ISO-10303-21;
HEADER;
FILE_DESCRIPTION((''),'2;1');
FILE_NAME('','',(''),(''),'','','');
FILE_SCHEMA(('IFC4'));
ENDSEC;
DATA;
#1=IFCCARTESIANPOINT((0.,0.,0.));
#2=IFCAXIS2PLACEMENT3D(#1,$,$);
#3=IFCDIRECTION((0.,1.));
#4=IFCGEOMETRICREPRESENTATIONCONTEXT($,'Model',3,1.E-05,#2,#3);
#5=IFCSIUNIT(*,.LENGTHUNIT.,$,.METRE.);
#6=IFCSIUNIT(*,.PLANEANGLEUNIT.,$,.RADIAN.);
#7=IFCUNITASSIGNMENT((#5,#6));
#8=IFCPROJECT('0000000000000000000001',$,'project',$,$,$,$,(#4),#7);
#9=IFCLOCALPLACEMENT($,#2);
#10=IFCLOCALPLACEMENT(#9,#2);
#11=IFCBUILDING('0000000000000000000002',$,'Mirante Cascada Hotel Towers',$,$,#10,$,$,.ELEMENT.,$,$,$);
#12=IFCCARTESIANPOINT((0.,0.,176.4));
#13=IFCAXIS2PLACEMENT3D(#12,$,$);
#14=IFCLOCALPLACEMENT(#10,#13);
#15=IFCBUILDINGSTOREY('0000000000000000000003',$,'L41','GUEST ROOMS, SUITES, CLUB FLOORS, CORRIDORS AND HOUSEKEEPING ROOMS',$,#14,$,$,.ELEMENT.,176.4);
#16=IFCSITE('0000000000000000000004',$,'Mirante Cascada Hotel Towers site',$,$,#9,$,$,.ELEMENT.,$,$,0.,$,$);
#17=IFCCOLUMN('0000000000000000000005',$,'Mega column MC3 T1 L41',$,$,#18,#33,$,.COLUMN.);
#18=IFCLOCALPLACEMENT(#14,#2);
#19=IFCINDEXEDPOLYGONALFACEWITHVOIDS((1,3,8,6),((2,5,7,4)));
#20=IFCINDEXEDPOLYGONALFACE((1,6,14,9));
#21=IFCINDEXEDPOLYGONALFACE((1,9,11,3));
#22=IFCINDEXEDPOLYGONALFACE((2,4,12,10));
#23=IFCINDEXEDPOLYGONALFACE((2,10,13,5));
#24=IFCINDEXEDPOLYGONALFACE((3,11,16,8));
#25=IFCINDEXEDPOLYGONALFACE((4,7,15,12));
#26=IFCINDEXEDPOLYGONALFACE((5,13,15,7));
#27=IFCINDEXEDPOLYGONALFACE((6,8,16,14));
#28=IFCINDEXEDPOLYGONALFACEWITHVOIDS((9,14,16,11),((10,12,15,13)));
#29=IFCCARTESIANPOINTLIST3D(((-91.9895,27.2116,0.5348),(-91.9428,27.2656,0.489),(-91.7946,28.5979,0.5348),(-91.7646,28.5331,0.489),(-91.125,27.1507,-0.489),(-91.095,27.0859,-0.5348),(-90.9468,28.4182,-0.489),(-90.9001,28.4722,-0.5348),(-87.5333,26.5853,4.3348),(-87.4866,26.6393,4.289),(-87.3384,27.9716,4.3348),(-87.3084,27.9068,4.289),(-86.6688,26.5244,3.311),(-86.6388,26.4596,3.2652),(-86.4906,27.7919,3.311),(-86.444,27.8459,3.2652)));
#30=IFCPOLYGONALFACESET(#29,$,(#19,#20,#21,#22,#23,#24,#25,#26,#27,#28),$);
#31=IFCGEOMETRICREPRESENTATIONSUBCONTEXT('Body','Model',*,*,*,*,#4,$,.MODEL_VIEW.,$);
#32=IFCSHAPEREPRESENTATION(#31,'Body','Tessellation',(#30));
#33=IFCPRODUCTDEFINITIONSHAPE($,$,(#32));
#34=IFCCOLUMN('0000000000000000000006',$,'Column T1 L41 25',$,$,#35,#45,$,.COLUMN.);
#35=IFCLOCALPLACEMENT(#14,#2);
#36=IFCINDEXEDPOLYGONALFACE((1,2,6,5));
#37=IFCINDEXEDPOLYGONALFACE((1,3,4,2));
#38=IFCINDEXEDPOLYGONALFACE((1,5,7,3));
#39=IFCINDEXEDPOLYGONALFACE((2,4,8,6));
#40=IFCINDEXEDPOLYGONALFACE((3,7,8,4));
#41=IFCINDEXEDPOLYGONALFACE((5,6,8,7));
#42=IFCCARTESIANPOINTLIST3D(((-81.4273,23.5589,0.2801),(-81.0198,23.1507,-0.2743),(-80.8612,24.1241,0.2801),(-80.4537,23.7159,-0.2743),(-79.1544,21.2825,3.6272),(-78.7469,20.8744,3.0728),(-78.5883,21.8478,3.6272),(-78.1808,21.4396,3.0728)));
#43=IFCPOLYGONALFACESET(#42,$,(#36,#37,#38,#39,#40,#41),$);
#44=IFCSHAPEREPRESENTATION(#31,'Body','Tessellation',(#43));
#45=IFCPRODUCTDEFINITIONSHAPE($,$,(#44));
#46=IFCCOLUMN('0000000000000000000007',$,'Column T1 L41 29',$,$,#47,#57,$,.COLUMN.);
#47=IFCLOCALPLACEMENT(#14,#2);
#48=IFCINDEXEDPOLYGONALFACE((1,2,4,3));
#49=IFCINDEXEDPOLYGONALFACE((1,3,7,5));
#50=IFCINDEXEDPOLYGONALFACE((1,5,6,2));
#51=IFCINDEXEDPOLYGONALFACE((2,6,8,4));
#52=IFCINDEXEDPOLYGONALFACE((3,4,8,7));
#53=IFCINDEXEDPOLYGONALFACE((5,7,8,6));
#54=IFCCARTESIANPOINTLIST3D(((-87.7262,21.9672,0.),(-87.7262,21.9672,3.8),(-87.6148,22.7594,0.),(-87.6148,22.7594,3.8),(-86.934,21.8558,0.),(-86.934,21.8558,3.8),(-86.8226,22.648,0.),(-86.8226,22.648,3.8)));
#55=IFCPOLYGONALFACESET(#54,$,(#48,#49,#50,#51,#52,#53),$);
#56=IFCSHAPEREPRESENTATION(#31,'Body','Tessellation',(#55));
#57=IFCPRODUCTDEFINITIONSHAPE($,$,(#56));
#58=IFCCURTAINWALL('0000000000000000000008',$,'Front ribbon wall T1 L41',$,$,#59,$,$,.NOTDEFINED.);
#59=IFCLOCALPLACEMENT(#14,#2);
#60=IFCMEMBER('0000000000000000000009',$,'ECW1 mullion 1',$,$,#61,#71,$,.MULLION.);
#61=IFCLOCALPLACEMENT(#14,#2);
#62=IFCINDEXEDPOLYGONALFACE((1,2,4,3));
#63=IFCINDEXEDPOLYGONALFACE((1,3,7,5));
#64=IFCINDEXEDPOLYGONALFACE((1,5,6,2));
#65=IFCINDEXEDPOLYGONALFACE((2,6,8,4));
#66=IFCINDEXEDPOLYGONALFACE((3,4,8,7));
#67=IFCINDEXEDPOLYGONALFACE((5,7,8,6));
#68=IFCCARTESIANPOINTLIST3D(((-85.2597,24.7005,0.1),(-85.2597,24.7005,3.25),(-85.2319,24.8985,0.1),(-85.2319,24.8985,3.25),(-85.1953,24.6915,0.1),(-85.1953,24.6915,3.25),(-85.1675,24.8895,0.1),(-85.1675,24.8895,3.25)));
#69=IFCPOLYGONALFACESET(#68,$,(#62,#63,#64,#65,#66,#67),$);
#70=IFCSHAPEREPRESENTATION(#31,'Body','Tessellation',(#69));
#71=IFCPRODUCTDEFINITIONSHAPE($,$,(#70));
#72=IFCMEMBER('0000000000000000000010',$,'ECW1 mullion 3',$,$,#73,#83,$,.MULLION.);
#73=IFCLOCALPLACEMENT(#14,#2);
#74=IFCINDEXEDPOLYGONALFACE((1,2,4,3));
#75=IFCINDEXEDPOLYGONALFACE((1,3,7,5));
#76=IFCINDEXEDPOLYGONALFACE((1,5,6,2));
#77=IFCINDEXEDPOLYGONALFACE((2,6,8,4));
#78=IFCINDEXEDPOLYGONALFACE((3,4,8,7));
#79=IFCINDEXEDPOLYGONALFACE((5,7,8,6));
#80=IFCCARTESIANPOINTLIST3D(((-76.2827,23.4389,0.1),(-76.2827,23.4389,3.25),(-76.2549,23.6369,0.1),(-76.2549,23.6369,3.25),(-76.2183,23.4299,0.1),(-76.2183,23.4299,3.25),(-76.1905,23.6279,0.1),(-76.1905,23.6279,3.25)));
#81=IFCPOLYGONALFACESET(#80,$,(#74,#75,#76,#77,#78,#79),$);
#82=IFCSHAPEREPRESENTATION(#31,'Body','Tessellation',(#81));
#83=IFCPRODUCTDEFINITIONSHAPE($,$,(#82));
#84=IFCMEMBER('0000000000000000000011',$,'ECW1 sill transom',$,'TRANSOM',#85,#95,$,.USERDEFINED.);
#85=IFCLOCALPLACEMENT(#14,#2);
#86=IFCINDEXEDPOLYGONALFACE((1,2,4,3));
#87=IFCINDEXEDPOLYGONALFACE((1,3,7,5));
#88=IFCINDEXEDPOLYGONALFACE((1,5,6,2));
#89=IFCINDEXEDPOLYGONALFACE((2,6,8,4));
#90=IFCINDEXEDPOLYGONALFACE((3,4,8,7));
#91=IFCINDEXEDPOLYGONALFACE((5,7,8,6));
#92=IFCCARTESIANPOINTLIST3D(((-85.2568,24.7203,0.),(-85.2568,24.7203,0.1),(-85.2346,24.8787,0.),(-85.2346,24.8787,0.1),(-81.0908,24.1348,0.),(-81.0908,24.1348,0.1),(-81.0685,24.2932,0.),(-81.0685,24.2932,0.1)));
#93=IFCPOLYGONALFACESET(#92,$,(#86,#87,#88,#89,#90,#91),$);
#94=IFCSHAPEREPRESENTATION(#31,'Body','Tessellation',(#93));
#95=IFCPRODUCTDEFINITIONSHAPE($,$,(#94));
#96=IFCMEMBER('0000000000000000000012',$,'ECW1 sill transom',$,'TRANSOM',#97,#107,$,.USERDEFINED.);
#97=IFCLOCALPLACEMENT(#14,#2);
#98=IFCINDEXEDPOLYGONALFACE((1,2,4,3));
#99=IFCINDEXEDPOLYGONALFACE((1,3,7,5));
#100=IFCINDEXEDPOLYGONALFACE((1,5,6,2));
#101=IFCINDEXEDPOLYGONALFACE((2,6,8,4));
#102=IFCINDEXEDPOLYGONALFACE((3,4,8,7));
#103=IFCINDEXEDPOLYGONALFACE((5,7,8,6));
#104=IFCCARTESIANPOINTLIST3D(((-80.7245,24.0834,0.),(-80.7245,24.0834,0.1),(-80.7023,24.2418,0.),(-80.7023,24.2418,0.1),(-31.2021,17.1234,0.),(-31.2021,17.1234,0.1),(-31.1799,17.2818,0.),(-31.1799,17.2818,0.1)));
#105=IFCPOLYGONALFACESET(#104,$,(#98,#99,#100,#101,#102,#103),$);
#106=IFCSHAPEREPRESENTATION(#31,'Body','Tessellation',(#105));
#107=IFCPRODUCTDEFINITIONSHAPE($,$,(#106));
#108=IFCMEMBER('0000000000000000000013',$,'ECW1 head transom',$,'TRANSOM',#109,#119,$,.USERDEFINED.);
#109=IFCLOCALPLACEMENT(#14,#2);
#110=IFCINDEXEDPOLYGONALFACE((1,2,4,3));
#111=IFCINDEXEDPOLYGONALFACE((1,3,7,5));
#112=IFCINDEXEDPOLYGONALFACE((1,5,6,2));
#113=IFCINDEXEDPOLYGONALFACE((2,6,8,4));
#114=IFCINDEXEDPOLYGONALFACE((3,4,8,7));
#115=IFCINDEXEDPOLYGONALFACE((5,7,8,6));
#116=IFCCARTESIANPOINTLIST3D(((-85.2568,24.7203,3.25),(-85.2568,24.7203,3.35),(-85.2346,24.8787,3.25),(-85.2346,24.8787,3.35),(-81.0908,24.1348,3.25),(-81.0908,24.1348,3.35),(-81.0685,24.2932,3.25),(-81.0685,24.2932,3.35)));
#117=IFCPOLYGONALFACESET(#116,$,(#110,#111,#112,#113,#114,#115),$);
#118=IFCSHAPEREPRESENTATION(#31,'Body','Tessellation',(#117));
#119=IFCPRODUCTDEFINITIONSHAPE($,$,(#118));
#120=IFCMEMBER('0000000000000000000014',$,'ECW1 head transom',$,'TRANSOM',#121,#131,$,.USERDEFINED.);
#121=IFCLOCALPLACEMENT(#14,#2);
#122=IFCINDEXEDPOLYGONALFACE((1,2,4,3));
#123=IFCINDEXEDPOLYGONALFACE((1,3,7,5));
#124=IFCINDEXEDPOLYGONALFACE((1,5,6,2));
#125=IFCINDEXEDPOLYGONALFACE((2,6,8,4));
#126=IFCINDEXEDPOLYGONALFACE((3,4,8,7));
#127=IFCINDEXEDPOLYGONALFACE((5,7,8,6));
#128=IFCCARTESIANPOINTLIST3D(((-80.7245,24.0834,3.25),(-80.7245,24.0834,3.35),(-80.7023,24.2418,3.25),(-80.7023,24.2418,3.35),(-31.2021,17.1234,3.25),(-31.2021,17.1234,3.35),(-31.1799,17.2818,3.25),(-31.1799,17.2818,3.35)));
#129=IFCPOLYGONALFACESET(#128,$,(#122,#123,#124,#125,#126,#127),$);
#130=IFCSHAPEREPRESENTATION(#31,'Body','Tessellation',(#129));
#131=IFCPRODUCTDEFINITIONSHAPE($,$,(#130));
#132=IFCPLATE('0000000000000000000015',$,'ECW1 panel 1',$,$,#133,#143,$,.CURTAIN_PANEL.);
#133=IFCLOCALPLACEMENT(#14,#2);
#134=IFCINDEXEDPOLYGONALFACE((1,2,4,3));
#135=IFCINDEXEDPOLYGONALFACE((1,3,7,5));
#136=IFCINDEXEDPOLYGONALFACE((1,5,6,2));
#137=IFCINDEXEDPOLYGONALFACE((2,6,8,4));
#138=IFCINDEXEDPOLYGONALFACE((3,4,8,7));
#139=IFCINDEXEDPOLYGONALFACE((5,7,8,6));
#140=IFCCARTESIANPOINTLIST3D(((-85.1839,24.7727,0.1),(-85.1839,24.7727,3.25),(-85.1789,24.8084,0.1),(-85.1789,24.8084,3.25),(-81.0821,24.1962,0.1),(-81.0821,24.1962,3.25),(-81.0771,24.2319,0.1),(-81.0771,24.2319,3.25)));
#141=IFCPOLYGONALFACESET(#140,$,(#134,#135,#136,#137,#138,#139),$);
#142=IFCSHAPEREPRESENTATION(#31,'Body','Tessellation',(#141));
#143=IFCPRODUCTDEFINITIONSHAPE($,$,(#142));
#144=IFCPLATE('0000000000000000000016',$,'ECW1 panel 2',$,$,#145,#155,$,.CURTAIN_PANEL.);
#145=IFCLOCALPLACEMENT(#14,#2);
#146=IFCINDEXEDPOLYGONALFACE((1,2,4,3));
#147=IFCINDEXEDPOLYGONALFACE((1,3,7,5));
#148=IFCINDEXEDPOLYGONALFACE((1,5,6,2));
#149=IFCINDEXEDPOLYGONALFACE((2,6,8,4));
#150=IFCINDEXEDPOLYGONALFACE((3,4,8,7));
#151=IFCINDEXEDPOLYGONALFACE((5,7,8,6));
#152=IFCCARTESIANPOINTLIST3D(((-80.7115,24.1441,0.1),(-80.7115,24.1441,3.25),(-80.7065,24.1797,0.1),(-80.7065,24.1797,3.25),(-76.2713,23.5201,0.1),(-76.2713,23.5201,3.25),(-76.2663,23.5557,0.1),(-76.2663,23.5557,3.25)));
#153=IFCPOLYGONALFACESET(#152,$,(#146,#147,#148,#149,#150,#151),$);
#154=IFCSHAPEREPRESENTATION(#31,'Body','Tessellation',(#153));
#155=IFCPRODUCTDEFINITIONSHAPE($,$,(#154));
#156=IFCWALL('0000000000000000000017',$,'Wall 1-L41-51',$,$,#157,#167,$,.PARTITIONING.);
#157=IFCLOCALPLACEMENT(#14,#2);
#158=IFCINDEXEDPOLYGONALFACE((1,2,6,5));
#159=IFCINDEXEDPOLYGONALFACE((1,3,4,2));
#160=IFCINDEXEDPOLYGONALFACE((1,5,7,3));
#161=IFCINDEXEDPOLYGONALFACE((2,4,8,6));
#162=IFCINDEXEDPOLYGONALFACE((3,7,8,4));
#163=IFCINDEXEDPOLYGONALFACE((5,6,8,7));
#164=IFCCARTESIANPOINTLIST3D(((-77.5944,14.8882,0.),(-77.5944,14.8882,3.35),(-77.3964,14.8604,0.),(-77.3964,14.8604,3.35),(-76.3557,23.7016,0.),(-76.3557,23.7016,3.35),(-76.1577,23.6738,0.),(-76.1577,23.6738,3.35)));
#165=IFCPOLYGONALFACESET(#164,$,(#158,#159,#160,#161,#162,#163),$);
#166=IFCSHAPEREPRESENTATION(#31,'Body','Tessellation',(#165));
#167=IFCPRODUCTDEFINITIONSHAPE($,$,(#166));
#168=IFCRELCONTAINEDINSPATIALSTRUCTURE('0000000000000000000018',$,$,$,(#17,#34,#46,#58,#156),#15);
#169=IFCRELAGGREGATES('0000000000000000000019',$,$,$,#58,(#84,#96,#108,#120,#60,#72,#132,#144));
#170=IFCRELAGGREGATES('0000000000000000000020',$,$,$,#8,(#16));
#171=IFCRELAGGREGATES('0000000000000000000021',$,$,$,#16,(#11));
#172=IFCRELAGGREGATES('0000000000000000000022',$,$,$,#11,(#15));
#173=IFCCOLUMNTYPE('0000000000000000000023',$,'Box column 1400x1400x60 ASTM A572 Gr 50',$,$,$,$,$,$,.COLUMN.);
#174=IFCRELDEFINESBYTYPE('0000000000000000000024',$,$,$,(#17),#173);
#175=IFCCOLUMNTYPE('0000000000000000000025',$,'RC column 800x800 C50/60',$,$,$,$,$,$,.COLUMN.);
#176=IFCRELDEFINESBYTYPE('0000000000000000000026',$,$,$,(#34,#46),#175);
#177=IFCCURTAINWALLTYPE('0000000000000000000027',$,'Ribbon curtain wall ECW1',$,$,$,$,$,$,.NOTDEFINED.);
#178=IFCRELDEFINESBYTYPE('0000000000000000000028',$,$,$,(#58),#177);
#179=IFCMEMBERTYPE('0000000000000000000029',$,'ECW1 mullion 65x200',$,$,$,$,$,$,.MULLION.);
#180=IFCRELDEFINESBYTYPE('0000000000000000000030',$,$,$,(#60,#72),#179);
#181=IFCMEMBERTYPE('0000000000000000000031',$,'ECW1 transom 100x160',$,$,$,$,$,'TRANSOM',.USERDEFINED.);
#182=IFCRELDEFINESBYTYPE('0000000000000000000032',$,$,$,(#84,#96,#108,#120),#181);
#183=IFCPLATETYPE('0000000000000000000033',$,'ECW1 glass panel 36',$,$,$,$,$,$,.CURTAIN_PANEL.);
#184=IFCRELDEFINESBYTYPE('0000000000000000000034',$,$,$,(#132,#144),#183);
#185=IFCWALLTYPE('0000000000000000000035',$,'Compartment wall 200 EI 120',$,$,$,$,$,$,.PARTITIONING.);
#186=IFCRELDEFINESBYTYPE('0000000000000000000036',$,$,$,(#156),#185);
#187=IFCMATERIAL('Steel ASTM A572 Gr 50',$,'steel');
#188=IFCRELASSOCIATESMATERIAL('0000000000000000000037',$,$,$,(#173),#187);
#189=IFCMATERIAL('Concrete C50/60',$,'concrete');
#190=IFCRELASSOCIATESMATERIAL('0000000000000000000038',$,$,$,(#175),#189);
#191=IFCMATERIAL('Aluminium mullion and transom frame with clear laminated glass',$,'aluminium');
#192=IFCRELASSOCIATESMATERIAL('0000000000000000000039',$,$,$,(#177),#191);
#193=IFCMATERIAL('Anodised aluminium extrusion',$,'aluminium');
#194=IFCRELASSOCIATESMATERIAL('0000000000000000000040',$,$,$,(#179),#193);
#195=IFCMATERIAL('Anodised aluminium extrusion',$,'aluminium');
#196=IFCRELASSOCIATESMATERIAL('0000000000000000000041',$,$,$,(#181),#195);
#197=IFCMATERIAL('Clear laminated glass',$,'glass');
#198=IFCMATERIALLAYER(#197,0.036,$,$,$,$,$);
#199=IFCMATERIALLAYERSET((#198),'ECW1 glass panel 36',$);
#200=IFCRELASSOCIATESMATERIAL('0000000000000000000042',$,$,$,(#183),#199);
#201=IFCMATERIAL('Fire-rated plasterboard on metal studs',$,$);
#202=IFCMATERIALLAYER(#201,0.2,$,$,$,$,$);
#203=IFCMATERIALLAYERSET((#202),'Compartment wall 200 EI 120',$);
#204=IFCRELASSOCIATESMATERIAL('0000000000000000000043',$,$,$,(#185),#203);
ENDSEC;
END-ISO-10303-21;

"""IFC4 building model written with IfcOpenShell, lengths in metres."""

from ifc_helpers import new_model, si_unit, direction, frame, frame_2d, origin, origin_2d, place, context, subcontext, project, spatial, rectangle, hollow_rectangle, extrude, material, layer, layer_set, material_profile, profile_set, type_object, element, aggregate, save


model = new_model("IFC4")

# Units and contexts
model_context = context("Model", 3, precision=1e-05, world=origin(), true_north=direction((0.0, 1.0)))
body_context = subcontext(model_context, "Body", "Model", "MODEL_VIEW")
ifc_project = project(units=[si_unit("LENGTHUNIT", "METRE"), si_unit("PLANEANGLEUNIT", "RADIAN")], contexts=[model_context])

# Site, building, storey
site_placement = place(None, origin())
site = spatial("IfcSite", under=ifc_project, at=site_placement, Name="Mirante Cascada Hotel Towers site", CompositionType="ELEMENT", RefElevation=0.0)
building_placement = place(site_placement, origin())
building = spatial("IfcBuilding", under=site, at=building_placement, Name="Mirante Cascada Hotel Towers", CompositionType="ELEMENT")
storey_placement = place(building_placement, frame((0.0, 0.0, 176.4)))
storey = spatial("IfcBuildingStorey", under=building, at=storey_placement, Name="L41", Description="GUEST ROOMS, SUITES, CLUB FLOORS, CORRIDORS AND HOUSEKEEPING ROOMS", CompositionType="ELEMENT", Elevation=176.4)

# Columns
ifc_material_1 = material(Name="Steel ASTM A572 Gr 50", Category="steel")
ifc_material_profile_1 = material_profile(ifc_material_1, hollow_rectangle(XDim=1.4, YDim=1.4, WallThickness=0.06, at=origin_2d()), Name="Box column 1400x1400x60 ASTM A572 Gr 50")
ifc_profile_set_1 = profile_set([ifc_material_profile_1], Name="Steel ASTM A572 Gr 50")
column_type_1 = type_object("IfcColumnType", Name="Box column 1400x1400x60 ASTM A572 Gr 50", PredefinedType="COLUMN", material=ifc_profile_set_1)
column_1_placement = place(storey_placement, frame((-91.4448, 27.8419, 0.0), z_axis=(0.756594, -0.106336, 0.645181), x_axis=(0.139178, 0.990267, 0.0)))
element("IfcColumn", 1, at=column_1_placement, inside=storey, type_object=column_type_1, Name="Mega column MC3 T1 L41", PredefinedType="COLUMN", context=body_context, shape_type="SweptSolid", body=[
    extrude(hollow_rectangle(XDim=1.4, YDim=1.4, WallThickness=0.06, at=origin_2d()), origin(), (0.0, 0.0, 1.0), 5.8898),
])
ifc_material_2 = material(Name="Concrete C50/60", Category="concrete")
ifc_material_profile_2 = material_profile(ifc_material_2, rectangle(XDim=0.8, YDim=0.8, at=origin_2d()), Name="RC column 800x800 C50/60")
ifc_profile_set_2 = profile_set([ifc_material_profile_2], Name="Concrete C50/60")
column_type_2 = type_object("IfcColumnType", Name="RC column 800x800 C50/60", PredefinedType="COLUMN", material=ifc_profile_set_2)
column_2_placement = place(storey_placement, frame((-80.9405, 23.6374, 0.0029), z_axis=(0.489609, -0.490342, 0.721005), x_axis=(0.707635, 0.706578, 0.0)))
element("IfcColumn", 2, at=column_2_placement, inside=storey, type_object=column_type_2, Name="Column T1 L41 25", PredefinedType="COLUMN", context=body_context, shape_type="SweptSolid", body=[
    extrude(rectangle(XDim=0.8, YDim=0.8, at=origin_2d()), origin(), (0.0, 0.0, 1.0), 4.6423),
])
column_3_placement = place(storey_placement, frame((-87.2744, 22.3076, 0.0), z_axis=(0.0, 0.0, 1.0), x_axis=(-0.990268, 0.139173, 0.0)))
element("IfcColumn", 3, at=column_3_placement, inside=storey, type_object=column_type_2, Name="Column T1 L41 29", PredefinedType="COLUMN", context=body_context, shape_type="SweptSolid", body=[
    extrude(rectangle(XDim=0.8, YDim=0.8, at=origin_2d()), origin(), (0.0, 0.0, 1.0), 3.8),
])

# Curtain wall, members, plates
ifc_material_3 = material(Name="Aluminium mullion and transom frame with clear laminated glass", Category="aluminium")
curtain_wall_type = type_object("IfcCurtainWallType", Name="Ribbon curtain wall ECW1", PredefinedType="NOTDEFINED", material=ifc_material_3)
curtain_wall_placement = place(storey_placement, origin())
curtain_wall = element("IfcCurtainWall", 4, at=curtain_wall_placement, inside=storey, type_object=curtain_wall_type, Name="Front ribbon wall T1 L41", PredefinedType="NOTDEFINED")
ifc_material_4 = material(Name="Anodised aluminium extrusion", Category="aluminium")
ifc_material_profile_3 = material_profile(ifc_material_4, rectangle(XDim=0.2, YDim=0.065, at=origin_2d()), Name="ECW1 MULLION 65x200")
ifc_profile_set_3 = profile_set([ifc_material_profile_3], Name="Anodised aluminium extrusion")
member_type_1 = type_object("IfcMemberType", Name="ECW1 mullion 65x200", PredefinedType="MULLION", material=ifc_profile_set_3)
member_1_placement = place(storey_placement, frame((-85.2136, 24.795, 0.1), z_axis=(0.0, 0.0, 1.0), x_axis=(0.139173, 0.990268, 0.0)))
member_1 = element("IfcMember", 5, at=member_1_placement, type_object=member_type_1, Name="ECW1 mullion 1", PredefinedType="MULLION", context=body_context, shape_type="SweptSolid", body=[
    extrude(rectangle(XDim=0.2, YDim=0.065, at=origin_2d()), origin(), (0.0, 0.0, 1.0), 3.15),
])
member_2_placement = place(storey_placement, frame((-76.2366, 23.5334, 0.1), z_axis=(0.0, 0.0, 1.0), x_axis=(0.139173, 0.990268, 0.0)))
member_2 = element("IfcMember", 6, at=member_2_placement, type_object=member_type_1, Name="ECW1 mullion 3", PredefinedType="MULLION", context=body_context, shape_type="SweptSolid", body=[
    extrude(rectangle(XDim=0.2, YDim=0.065, at=origin_2d()), origin(), (0.0, 0.0, 1.0), 3.15),
])
ifc_material_5 = material(Name="Anodised aluminium extrusion", Category="aluminium")
ifc_material_profile_4 = material_profile(ifc_material_5, rectangle(XDim=0.16, YDim=0.1, at=origin_2d()), Name="ECW1 TRANSOM 100x160")
ifc_profile_set_4 = profile_set([ifc_material_profile_4], Name="Anodised aluminium extrusion")
member_type_2 = type_object("IfcMemberType", Name="ECW1 transom 100x160", ElementType="TRANSOM", PredefinedType="USERDEFINED", material=ifc_profile_set_4)
member_3_placement = place(storey_placement, frame((-85.2457, 24.7995, 0.05), z_axis=(0.990268, -0.139171, 0.0), x_axis=(0.139171, 0.990268, 0.0)))
member_3 = element("IfcMember", 7, at=member_3_placement, type_object=member_type_2, Name="ECW1 sill transom", ObjectType="TRANSOM", PredefinedType="USERDEFINED", context=body_context, shape_type="SweptSolid", body=[
    extrude(rectangle(XDim=0.16, YDim=0.1, at=origin_2d()), origin(), (0.0, 0.0, 1.0), 4.207),
])
member_4_placement = place(storey_placement, frame((-80.7134, 24.1626, 0.05), z_axis=(0.990268, -0.139175, 0.0), x_axis=(0.139175, 0.990268, 0.0)))
member_4 = element("IfcMember", 8, at=member_4_placement, type_object=member_type_2, Name="ECW1 sill transom", ObjectType="TRANSOM", PredefinedType="USERDEFINED", context=body_context, shape_type="SweptSolid", body=[
    extrude(rectangle(XDim=0.16, YDim=0.1, at=origin_2d()), origin(), (0.0, 0.0, 1.0), 50.0091),
])
member_5_placement = place(storey_placement, frame((-85.2457, 24.7995, 3.3), z_axis=(0.990268, -0.139171, 0.0), x_axis=(0.139171, 0.990268, 0.0)))
member_5 = element("IfcMember", 9, at=member_5_placement, type_object=member_type_2, Name="ECW1 head transom", ObjectType="TRANSOM", PredefinedType="USERDEFINED", context=body_context, shape_type="SweptSolid", body=[
    extrude(rectangle(XDim=0.16, YDim=0.1, at=origin_2d()), origin(), (0.0, 0.0, 1.0), 4.207),
])
member_6_placement = place(storey_placement, frame((-80.7134, 24.1626, 3.3), z_axis=(0.990268, -0.139175, 0.0), x_axis=(0.139175, 0.990268, 0.0)))
member_6 = element("IfcMember", 10, at=member_6_placement, type_object=member_type_2, Name="ECW1 head transom", ObjectType="TRANSOM", PredefinedType="USERDEFINED", context=body_context, shape_type="SweptSolid", body=[
    extrude(rectangle(XDim=0.16, YDim=0.1, at=origin_2d()), origin(), (0.0, 0.0, 1.0), 50.0091),
])
ifc_material_6 = material(Name="Clear laminated glass", Category="glass")
ifc_layer_1 = layer(ifc_material_6, 0.036)
ifc_layer_set_1 = layer_set([ifc_layer_1], Name="ECW1 glass panel 36")
plate_type = type_object("IfcPlateType", Name="ECW1 glass panel 36", PredefinedType="CURTAIN_PANEL", material=ifc_layer_set_1)
plate_1_placement = place(storey_placement, frame((-83.1305, 24.5023, 0.1), z_axis=(0.0, 0.0, 1.0), x_axis=(0.990268, -0.139173, 0.0)))
plate_1 = element("IfcPlate", 11, at=plate_1_placement, type_object=plate_type, Name="ECW1 panel 1", PredefinedType="CURTAIN_PANEL", context=body_context, shape_type="SweptSolid", body=[
    extrude(rectangle(XDim=4.1421, YDim=0.036, at=origin_2d()), origin(), (0.0, 0.0, 1.0), 3.15),
])
plate_2_placement = place(storey_placement, frame((-78.4889, 23.8499, 0.1), z_axis=(0.0, 0.0, 1.0), x_axis=(0.990268, -0.139173, 0.0)))
plate_2 = element("IfcPlate", 12, at=plate_2_placement, type_object=plate_type, Name="ECW1 panel 2", PredefinedType="CURTAIN_PANEL", context=body_context, shape_type="SweptSolid", body=[
    extrude(rectangle(XDim=4.4838, YDim=0.036, at=origin_2d()), origin(), (0.0, 0.0, 1.0), 3.15),
])
aggregate(curtain_wall, [member_3, member_4, member_5, member_6, member_1, member_2, plate_1, plate_2])

# Wall
ifc_material_7 = material(Name="Fire-rated plasterboard on metal studs")
ifc_layer_2 = layer(ifc_material_7, 0.2)
ifc_layer_set_2 = layer_set([ifc_layer_2], Name="Compartment wall 200 EI 120")
wall_type_1 = type_object("IfcWallType", Name="Compartment wall 200 EI 120", PredefinedType="PARTITIONING", material=ifc_layer_set_2)
wall_1_placement = place(storey_placement, frame((-76.2567, 23.6877, 0.0), z_axis=(0.0, 0.0, 1.0), x_axis=(-0.139179, -0.990267, 0.0)))
element("IfcWall", 13, at=wall_1_placement, inside=storey, type_object=wall_type_1, Name="Wall 1-L41-51", PredefinedType="PARTITIONING", context=body_context, shape_type="SweptSolid", body=[
    extrude(rectangle(XDim=8.9, YDim=0.2, at=frame_2d((4.45, 0.0))), origin(), (0.0, 0.0, 1.0), 3.35),
])

save(model, "model.ifc")
